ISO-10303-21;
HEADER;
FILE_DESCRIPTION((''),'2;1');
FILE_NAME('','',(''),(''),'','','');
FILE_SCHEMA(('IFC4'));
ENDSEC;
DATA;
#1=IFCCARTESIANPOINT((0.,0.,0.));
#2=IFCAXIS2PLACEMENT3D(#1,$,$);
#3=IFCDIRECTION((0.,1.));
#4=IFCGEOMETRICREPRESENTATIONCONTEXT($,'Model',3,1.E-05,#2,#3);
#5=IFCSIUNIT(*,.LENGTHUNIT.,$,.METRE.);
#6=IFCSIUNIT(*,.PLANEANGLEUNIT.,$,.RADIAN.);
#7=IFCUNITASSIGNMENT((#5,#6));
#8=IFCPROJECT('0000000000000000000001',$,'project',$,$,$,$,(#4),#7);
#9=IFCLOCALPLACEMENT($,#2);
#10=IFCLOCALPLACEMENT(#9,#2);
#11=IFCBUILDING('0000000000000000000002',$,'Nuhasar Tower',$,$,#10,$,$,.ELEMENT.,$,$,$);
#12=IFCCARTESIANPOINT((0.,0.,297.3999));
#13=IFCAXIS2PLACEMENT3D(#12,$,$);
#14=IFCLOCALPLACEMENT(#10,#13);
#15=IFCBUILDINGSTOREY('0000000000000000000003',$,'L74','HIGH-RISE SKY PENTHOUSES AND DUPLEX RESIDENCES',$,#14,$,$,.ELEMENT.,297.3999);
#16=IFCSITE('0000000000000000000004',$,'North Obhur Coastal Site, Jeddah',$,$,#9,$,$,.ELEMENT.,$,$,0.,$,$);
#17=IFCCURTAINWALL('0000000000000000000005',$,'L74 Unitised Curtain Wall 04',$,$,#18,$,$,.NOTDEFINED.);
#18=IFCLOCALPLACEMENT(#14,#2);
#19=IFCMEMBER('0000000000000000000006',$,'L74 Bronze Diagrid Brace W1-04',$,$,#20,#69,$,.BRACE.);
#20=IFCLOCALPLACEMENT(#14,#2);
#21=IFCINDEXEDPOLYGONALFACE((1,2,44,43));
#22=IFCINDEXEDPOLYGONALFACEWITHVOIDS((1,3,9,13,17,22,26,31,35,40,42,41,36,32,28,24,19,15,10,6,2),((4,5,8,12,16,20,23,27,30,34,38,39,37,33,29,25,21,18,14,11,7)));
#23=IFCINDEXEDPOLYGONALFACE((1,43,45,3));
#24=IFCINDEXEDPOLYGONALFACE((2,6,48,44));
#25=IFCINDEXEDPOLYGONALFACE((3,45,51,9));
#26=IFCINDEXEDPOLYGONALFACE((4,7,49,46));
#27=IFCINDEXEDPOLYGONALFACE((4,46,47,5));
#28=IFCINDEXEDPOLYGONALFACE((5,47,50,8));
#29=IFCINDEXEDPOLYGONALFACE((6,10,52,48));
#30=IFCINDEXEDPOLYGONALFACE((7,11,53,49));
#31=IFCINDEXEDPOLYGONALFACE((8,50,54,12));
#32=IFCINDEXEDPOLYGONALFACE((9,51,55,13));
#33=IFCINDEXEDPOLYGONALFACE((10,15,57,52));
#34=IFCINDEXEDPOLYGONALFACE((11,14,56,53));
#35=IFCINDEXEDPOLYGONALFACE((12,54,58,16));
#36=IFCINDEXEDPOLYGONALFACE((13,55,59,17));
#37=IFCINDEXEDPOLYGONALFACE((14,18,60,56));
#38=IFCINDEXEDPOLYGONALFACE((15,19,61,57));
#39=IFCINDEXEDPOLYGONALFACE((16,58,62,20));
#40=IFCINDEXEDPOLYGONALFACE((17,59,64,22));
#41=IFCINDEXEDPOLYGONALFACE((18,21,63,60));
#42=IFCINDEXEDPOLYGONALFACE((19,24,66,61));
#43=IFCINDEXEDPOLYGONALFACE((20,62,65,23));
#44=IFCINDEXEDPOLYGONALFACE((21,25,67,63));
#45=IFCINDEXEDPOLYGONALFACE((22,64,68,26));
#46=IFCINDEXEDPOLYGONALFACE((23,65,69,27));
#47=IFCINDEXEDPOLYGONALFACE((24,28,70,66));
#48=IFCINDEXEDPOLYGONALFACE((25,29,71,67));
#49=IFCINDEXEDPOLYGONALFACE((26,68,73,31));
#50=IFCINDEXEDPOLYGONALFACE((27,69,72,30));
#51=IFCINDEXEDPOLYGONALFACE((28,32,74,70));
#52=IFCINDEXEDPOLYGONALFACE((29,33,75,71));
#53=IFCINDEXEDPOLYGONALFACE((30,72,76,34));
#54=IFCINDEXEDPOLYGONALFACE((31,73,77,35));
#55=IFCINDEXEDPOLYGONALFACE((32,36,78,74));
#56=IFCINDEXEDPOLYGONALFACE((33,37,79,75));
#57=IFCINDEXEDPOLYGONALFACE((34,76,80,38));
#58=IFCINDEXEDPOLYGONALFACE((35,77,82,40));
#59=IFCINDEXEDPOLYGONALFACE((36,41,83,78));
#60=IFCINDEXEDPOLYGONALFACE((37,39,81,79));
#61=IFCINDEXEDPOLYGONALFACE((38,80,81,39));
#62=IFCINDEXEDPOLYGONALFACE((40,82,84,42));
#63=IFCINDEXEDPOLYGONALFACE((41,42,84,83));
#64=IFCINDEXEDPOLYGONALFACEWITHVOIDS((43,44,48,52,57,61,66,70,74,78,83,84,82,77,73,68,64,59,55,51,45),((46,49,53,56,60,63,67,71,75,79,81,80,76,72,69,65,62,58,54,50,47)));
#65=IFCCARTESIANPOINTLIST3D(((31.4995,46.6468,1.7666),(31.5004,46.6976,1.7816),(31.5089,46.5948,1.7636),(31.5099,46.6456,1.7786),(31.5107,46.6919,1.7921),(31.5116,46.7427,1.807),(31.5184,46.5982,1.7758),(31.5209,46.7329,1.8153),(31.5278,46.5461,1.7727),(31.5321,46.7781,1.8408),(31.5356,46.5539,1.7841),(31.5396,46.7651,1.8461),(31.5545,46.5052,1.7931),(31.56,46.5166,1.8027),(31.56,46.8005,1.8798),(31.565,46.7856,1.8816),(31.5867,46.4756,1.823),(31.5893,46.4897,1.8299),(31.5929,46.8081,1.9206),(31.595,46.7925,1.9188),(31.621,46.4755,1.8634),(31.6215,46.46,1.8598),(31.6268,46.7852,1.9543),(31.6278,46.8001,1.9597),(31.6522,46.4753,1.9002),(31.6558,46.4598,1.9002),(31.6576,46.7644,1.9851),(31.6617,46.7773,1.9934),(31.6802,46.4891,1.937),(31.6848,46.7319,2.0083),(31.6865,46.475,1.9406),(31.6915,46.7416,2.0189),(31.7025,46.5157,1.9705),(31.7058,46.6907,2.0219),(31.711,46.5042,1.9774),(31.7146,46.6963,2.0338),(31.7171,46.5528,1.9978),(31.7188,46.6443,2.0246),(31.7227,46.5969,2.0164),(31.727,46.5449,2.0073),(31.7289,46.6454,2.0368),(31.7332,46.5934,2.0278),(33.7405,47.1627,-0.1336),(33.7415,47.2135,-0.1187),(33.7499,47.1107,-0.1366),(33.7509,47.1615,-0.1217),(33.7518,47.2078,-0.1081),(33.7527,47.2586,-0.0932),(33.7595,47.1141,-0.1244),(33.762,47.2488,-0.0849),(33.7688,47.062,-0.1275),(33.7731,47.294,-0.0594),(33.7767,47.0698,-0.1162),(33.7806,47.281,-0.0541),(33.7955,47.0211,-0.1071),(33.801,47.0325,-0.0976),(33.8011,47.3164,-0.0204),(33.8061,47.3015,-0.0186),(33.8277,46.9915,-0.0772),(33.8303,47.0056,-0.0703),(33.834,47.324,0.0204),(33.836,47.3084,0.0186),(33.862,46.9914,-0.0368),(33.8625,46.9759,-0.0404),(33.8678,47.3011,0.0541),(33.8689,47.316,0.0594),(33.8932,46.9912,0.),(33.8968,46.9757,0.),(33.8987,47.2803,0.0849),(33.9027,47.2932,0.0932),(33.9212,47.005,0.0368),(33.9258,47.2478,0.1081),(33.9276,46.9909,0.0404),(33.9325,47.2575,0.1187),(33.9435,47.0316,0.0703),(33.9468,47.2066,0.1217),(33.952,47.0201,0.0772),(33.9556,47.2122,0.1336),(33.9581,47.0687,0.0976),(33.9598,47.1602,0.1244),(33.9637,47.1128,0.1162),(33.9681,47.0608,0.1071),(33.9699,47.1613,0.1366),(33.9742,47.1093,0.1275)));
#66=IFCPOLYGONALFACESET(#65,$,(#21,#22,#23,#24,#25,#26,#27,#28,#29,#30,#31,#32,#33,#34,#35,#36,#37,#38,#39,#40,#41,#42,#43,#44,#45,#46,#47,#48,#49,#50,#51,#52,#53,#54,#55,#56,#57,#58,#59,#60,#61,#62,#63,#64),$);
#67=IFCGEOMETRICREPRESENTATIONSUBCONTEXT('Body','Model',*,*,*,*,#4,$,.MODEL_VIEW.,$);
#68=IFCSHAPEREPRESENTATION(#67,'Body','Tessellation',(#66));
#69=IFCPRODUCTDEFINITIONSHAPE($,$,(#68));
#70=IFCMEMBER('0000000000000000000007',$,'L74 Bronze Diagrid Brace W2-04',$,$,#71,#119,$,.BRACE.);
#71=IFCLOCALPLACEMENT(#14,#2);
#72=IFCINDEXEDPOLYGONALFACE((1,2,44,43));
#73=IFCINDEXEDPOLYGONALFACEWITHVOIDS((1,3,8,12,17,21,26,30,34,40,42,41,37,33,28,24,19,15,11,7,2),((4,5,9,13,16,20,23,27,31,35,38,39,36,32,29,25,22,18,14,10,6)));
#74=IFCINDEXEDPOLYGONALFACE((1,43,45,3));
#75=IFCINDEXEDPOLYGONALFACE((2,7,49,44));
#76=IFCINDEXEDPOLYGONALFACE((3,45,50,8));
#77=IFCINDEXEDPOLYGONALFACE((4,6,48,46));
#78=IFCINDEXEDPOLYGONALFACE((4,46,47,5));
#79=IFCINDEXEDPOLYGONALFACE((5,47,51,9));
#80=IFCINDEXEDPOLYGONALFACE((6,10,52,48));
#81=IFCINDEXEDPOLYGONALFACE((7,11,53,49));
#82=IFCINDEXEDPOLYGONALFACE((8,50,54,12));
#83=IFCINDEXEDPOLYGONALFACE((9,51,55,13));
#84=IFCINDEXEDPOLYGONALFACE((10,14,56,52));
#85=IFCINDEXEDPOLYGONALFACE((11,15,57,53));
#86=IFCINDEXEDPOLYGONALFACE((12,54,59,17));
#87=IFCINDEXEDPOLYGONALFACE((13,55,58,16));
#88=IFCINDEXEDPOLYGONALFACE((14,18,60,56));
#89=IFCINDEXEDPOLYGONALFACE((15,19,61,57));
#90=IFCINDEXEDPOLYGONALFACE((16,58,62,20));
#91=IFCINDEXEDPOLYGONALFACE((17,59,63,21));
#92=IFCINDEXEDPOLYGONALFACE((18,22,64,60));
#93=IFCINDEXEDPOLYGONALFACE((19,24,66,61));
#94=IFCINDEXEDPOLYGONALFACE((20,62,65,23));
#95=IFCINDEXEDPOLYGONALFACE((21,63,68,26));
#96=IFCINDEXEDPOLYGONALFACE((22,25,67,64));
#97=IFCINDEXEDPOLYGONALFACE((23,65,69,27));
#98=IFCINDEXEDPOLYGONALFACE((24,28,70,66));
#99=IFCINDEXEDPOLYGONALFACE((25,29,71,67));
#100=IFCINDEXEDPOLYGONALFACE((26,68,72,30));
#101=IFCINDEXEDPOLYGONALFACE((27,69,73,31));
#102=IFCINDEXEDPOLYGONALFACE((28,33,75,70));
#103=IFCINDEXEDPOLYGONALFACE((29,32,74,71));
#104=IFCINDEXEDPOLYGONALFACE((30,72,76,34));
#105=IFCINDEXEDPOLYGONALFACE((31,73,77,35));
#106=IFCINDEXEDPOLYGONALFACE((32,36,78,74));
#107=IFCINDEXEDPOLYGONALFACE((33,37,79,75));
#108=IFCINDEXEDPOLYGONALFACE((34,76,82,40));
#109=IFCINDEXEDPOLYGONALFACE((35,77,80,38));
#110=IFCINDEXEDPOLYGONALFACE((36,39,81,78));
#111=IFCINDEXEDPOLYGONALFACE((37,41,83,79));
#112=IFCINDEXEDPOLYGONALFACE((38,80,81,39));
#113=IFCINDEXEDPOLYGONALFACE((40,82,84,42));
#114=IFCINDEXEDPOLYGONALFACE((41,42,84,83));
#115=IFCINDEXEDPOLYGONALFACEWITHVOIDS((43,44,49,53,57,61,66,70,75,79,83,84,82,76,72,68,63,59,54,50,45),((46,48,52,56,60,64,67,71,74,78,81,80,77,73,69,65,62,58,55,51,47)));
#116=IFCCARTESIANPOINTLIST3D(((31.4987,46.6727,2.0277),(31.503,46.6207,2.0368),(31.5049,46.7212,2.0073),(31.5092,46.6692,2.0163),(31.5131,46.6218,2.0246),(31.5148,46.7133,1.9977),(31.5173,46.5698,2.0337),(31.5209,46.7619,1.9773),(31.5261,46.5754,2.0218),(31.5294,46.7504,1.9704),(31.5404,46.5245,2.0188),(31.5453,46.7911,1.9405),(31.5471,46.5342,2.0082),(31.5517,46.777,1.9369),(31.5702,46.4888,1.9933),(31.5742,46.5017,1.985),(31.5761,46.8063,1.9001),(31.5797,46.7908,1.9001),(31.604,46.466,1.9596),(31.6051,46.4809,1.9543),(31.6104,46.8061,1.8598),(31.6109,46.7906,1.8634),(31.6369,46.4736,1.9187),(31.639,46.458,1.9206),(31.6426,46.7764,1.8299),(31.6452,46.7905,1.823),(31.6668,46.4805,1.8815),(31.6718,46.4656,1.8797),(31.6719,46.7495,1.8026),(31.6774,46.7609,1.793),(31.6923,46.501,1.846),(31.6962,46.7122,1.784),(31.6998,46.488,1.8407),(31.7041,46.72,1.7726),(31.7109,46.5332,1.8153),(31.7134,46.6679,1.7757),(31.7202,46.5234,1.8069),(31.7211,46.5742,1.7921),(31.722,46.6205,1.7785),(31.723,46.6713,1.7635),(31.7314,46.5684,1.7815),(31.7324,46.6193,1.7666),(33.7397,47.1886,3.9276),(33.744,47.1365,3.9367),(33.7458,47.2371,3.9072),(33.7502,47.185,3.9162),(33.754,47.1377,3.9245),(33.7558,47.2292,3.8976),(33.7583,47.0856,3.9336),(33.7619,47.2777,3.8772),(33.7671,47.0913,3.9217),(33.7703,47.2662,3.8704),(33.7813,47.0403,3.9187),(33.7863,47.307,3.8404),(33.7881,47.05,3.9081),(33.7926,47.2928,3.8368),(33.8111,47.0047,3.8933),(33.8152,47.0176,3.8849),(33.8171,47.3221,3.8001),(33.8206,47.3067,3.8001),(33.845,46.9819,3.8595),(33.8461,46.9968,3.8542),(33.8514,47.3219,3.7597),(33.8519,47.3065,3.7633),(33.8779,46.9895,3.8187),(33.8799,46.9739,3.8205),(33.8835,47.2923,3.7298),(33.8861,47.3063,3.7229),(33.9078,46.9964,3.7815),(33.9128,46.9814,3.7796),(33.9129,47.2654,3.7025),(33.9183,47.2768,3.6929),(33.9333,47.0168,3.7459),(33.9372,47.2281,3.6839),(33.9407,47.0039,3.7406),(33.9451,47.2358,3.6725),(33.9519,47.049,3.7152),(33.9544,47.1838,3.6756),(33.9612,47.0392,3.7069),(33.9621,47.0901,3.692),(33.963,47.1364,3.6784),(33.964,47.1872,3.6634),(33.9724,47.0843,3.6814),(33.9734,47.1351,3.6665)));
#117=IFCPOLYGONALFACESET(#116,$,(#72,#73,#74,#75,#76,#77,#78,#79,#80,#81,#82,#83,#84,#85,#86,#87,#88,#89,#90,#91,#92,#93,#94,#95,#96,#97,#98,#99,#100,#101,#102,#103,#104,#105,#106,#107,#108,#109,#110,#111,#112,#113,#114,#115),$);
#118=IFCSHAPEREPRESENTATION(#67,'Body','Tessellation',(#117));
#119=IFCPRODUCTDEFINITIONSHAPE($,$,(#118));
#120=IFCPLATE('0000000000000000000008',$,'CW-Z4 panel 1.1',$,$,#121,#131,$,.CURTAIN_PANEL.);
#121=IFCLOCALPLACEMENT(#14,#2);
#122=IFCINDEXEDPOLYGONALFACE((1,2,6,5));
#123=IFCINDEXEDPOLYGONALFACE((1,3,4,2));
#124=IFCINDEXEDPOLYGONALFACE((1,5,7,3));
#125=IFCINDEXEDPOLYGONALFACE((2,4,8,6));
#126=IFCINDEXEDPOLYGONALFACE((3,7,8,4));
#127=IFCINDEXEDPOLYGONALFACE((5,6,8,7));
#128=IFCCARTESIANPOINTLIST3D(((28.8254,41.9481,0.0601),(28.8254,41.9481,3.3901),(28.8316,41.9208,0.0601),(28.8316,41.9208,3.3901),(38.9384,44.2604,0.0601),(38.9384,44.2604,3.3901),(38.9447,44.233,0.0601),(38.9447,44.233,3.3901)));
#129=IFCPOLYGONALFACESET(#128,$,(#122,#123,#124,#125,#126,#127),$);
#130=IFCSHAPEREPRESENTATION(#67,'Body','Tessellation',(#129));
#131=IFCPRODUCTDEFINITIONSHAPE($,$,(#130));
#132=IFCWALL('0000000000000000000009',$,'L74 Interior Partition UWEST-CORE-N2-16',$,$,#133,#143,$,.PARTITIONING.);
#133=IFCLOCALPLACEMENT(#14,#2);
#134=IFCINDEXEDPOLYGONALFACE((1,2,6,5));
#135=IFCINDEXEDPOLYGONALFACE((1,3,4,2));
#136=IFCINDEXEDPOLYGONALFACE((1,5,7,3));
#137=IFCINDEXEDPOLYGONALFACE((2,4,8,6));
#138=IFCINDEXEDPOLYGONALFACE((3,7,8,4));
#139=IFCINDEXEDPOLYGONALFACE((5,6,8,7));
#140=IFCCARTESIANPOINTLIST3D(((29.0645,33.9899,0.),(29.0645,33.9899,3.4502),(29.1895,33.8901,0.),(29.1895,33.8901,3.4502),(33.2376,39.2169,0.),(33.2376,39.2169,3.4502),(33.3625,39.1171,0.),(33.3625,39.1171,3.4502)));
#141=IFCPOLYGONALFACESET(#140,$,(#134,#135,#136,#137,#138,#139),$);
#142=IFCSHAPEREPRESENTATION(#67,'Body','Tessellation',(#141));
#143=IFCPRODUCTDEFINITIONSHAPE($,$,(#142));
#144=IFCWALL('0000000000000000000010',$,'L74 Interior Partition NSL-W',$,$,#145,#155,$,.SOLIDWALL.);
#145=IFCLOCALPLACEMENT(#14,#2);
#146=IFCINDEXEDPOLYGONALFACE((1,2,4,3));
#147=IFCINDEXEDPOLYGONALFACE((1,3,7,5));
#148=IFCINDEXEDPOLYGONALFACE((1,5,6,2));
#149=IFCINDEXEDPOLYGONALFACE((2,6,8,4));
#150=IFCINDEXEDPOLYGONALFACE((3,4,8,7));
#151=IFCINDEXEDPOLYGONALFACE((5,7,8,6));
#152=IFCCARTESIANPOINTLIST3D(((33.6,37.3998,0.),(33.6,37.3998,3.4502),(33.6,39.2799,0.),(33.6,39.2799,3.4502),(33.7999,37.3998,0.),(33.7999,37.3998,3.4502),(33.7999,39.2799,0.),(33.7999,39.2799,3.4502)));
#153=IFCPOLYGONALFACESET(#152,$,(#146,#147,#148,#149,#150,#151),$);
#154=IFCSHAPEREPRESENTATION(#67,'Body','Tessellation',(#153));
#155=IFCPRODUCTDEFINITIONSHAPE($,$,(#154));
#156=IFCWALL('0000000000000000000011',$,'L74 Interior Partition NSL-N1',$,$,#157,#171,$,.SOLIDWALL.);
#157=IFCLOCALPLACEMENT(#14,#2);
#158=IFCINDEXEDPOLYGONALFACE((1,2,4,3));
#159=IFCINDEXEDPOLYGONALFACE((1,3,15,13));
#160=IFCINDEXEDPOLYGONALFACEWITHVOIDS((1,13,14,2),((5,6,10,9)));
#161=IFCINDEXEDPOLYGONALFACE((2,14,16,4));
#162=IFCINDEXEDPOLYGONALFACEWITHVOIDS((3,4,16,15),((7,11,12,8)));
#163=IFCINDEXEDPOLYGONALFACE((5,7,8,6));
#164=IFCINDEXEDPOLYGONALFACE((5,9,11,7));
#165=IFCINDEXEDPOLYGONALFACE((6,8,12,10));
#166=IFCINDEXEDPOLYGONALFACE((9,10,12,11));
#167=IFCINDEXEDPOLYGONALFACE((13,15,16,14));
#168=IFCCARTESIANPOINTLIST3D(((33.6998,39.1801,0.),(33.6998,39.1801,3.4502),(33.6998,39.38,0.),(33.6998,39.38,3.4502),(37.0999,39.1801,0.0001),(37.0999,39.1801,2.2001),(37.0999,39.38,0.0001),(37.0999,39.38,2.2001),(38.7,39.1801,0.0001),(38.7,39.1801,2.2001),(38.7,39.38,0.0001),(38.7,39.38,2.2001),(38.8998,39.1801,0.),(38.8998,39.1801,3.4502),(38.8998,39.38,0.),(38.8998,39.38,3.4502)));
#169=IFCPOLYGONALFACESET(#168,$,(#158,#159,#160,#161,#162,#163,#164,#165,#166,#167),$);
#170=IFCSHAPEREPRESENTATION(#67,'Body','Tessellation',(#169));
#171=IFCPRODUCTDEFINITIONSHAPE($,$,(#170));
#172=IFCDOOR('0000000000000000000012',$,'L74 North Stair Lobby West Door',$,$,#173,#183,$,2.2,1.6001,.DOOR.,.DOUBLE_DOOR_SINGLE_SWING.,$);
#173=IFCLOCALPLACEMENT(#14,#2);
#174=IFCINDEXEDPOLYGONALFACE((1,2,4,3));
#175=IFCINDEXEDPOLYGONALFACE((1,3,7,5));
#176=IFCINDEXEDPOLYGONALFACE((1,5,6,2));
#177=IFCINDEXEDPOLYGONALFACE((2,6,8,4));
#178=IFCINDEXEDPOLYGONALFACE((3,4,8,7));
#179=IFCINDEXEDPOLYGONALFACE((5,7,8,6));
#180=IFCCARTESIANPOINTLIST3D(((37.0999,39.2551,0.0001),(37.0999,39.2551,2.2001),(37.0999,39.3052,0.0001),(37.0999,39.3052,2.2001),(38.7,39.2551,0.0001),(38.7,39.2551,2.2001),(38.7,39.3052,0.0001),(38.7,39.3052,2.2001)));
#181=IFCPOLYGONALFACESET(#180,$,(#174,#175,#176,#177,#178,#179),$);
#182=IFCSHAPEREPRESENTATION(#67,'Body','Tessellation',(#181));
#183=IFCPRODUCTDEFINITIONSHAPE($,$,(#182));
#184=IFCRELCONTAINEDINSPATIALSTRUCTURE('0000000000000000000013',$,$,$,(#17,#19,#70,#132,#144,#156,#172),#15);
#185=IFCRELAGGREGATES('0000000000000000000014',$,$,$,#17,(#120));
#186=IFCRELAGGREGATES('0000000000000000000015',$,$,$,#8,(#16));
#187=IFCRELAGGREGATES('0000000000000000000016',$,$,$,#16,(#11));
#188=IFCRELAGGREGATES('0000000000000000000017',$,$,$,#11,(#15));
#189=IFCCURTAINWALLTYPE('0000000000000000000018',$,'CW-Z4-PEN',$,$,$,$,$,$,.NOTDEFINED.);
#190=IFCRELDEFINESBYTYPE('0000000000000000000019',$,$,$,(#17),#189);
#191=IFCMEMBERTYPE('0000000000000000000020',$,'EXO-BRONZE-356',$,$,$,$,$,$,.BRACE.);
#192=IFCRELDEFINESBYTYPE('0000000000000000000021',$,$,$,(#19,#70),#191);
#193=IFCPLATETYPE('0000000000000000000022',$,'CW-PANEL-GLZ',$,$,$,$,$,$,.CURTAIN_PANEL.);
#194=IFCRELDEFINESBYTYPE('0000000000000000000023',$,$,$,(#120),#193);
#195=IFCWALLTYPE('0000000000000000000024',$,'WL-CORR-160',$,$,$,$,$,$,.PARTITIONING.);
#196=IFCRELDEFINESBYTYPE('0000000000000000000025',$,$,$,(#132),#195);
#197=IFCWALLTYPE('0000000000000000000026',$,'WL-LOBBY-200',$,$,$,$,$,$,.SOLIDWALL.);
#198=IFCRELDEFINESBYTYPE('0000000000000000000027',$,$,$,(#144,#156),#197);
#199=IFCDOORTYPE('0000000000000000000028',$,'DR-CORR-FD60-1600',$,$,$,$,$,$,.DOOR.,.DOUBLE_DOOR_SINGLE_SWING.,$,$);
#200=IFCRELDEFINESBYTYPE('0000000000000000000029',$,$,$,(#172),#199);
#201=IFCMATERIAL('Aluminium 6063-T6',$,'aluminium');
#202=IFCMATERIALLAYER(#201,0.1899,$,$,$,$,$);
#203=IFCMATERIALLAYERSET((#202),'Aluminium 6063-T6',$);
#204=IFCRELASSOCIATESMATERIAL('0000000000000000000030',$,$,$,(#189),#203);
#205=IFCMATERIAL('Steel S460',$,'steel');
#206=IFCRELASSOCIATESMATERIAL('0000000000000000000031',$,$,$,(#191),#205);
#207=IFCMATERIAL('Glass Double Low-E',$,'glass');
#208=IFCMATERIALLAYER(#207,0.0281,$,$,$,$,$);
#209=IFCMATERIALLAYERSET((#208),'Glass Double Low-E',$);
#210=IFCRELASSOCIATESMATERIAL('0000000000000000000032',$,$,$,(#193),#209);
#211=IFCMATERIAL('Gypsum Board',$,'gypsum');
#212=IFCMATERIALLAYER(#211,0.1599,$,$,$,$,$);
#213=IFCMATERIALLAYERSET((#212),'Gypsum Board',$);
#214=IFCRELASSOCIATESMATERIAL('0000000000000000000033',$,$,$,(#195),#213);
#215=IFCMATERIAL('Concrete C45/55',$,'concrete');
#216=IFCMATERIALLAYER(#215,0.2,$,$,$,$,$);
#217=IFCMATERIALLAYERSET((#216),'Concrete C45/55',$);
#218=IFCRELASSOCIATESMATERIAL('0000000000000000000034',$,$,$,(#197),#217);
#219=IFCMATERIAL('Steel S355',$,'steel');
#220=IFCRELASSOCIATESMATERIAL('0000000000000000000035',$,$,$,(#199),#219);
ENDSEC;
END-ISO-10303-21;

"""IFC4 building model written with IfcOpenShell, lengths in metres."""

from ifc_helpers import new_model, si_unit, direction, frame, frame_2d, origin, origin_2d, place, context, subcontext, project, spatial, rectangle, hollow_circle, extrude, material, layer, layer_set, material_profile, profile_set, type_object, element, fill, aggregate, save


model = new_model("IFC4")

# Units and contexts
model_context = context("Model", 3, precision=1e-05, world=origin(), true_north=direction((0.0, 1.0)))
body_context = subcontext(model_context, "Body", "Model", "MODEL_VIEW")
ifc_project = project(units=[si_unit("LENGTHUNIT", "METRE"), si_unit("PLANEANGLEUNIT", "RADIAN")], contexts=[model_context])

# Site, building, storey
site_placement = place(None, origin())
site = spatial("IfcSite", under=ifc_project, at=site_placement, Name="North Obhur Coastal Site, Jeddah", CompositionType="ELEMENT", RefElevation=0.0)
building_placement = place(site_placement, origin())
building = spatial("IfcBuilding", under=site, at=building_placement, Name="Nuhasar Tower", CompositionType="ELEMENT")
storey_placement = place(building_placement, frame((0.0, 0.0, 297.3999)))
storey = spatial("IfcBuildingStorey", under=building, at=storey_placement, Name="L74", Description="HIGH-RISE SKY PENTHOUSES AND DUPLEX RESIDENCES", CompositionType="ELEMENT", Elevation=297.3999)

# Shared definitions
ifc_material_1 = material(Name="Steel S355", Category="steel")

# Curtain wall
ifc_material_2 = material(Name="Aluminium 6063-T6", Category="aluminium")
ifc_layer_1 = layer(ifc_material_2, 0.1899)
ifc_layer_set_1 = layer_set([ifc_layer_1], Name="Aluminium 6063-T6")
curtain_wall_type = type_object("IfcCurtainWallType", Name="CW-Z4-PEN", PredefinedType="NOTDEFINED", material=ifc_layer_set_1)
curtain_wall_placement = place(storey_placement, origin())
curtain_wall = element("IfcCurtainWall", 1, at=curtain_wall_placement, inside=storey, type_object=curtain_wall_type, Name="L74 Unitised Curtain Wall 04", PredefinedType="NOTDEFINED")

# Members
ifc_material_3 = material(Name="Steel S460", Category="steel")
ifc_material_profile_1 = material_profile(ifc_material_3, hollow_circle(Radius=0.1777, WallThickness=0.0159, at=origin_2d()), Name="HSS355.6X15.9")
ifc_profile_set_1 = profile_set([ifc_material_profile_1], Name="Steel S460")
member_type_1 = type_object("IfcMemberType", Name="EXO-BRONZE-356", PredefinedType="BRACE", material=ifc_profile_set_1)
member_1_placement = place(storey_placement, frame((33.8569, 47.1489, 0.0), z_axis=(-0.751232, -0.172933, 0.63698), x_axis=(0.224332, -0.974513, 0.0)))
element("IfcMember", 2, at=member_1_placement, inside=storey, type_object=member_type_1, Name="L74 Bronze Diagrid Brace W1-04", PredefinedType="BRACE", context=body_context, shape_type="SweptSolid", body=[
    extrude(hollow_circle(Radius=0.1777, WallThickness=0.0159, at=origin_2d()), origin(), (0.0, 0.0, 1.0), 2.9832),
])
member_2_placement = place(storey_placement, frame((31.616, 46.6331, 1.9001), z_axis=(0.751272, 0.172942, 0.636932), x_axis=(-0.224332, 0.974513, 0.0)))
element("IfcMember", 3, at=member_2_placement, inside=storey, type_object=member_type_1, Name="L74 Bronze Diagrid Brace W2-04", PredefinedType="BRACE", context=body_context, shape_type="SweptSolid", body=[
    extrude(hollow_circle(Radius=0.1777, WallThickness=0.0159, at=origin_2d()), origin(), (0.0, 0.0, 1.0), 2.9829),
])

# Plate
ifc_material_4 = material(Name="Glass Double Low-E", Category="glass")
ifc_layer_2 = layer(ifc_material_4, 0.0281)
ifc_layer_set_2 = layer_set([ifc_layer_2], Name="Glass Double Low-E")
plate_type = type_object("IfcPlateType", Name="CW-PANEL-GLZ", PredefinedType="CURTAIN_PANEL", material=ifc_layer_set_2)
plate_placement = place(storey_placement, frame((33.885, 43.0906, 0.0601), z_axis=(0.0, 0.0, 1.0), x_axis=(-0.974844, -0.222889, 0.0)))
plate = element("IfcPlate", 4, at=plate_placement, type_object=plate_type, Name="CW-Z4 panel 1.1", PredefinedType="CURTAIN_PANEL", context=body_context, shape_type="SweptSolid", body=[
    extrude(rectangle(XDim=10.374, YDim=0.0281, at=origin_2d()), origin(), (0.0, 0.0, 1.0), 3.3301),
])
aggregate(curtain_wall, [plate])

# Walls
ifc_material_5 = material(Name="Gypsum Board", Category="gypsum")
ifc_layer_3 = layer(ifc_material_5, 0.1599)
ifc_layer_set_3 = layer_set([ifc_layer_3], Name="Gypsum Board")
wall_type_1 = type_object("IfcWallType", Name="WL-CORR-160", PredefinedType="PARTITIONING", material=ifc_layer_set_3)
wall_1_placement = place(storey_placement, frame((33.3, 39.167, 0.0), z_axis=(0.0, 0.0, 1.0), x_axis=(-0.623916, -0.781492, 0.0)))
element("IfcWall", 5, at=wall_1_placement, inside=storey, type_object=wall_type_1, Name="L74 Interior Partition UWEST-CORE-N2-16", PredefinedType="PARTITIONING", context=body_context, shape_type="SweptSolid", body=[
    extrude(rectangle(XDim=6.6885, YDim=0.1599, at=frame_2d((3.3442, 0.0))), origin(), (0.0, 0.0, 1.0), 3.4502),
])
ifc_material_6 = material(Name="Concrete C45/55", Category="concrete")
ifc_layer_4 = layer(ifc_material_6, 0.2)
ifc_layer_set_4 = layer_set([ifc_layer_4], Name="Concrete C45/55")
wall_type_2 = type_object("IfcWallType", Name="WL-LOBBY-200", PredefinedType="SOLIDWALL", material=ifc_layer_set_4)
wall_2_placement = place(storey_placement, frame((33.7, 37.3999, 0.0), z_axis=(0.0, 0.0, 1.0), x_axis=(0.0, 1.0, 0.0)))
element("IfcWall", 6, at=wall_2_placement, inside=storey, type_object=wall_type_2, Name="L74 Interior Partition NSL-W", PredefinedType="SOLIDWALL", context=body_context, shape_type="SweptSolid", body=[
    extrude(rectangle(XDim=1.8801, YDim=0.2, at=frame_2d((0.9399, 0.0))), origin(), (0.0, 0.0, 1.0), 3.4502),
])

# Wall, opening, door
wall_3_placement = place(storey_placement, frame((38.8999, 39.28, 0.0), z_axis=(0.0, 0.0, 1.0), x_axis=(-1.0, 0.0, 0.0)))
wall_3 = element("IfcWall", 7, at=wall_3_placement, inside=storey, type_object=wall_type_2, Name="L74 Interior Partition NSL-N1", PredefinedType="SOLIDWALL", context=body_context, shape_type="SweptSolid", body=[
    extrude(rectangle(XDim=5.2, YDim=0.2, at=frame_2d((2.6001, 0.0))), origin(), (0.0, 0.0, 1.0), 3.4502),
])
opening_1_placement = place(wall_3_placement, frame((0.2, 0.0, 0.0)))
opening_1 = element("IfcOpeningElement", 8, at=opening_1_placement, cuts=wall_3, PredefinedType="OPENING", context=body_context, shape_type="SweptSolid", body=[
    extrude(rectangle(XDim=1.6001, YDim=2.2, at=frame_2d((0.8, 1.1001))), frame((0.0, 0.1099, 0.0), z_axis=(0.0, -1.0, 0.0), x_axis=(1.0, 0.0, 0.0)), (0.0, 0.0, 1.0), 0.22),
])
door_type_1 = type_object("IfcDoorType", Name="DR-CORR-FD60-1600", OperationType="DOUBLE_DOOR_SINGLE_SWING", PredefinedType="DOOR", material=ifc_material_1)
door_1_placement = place(opening_1_placement, origin())
door_1 = element("IfcDoor", 9, at=door_1_placement, inside=storey, type_object=door_type_1, Name="L74 North Stair Lobby West Door", OperationType="DOUBLE_DOOR_SINGLE_SWING", OverallHeight=2.2, OverallWidth=1.6001, PredefinedType="DOOR", context=body_context, shape_type="SweptSolid", body=[
    extrude(rectangle(XDim=1.6001, YDim=2.2, at=frame_2d((0.8, 1.1001))), frame((0.0, 0.0249, 0.0), z_axis=(0.0, -1.0, 0.0), x_axis=(1.0, 0.0, 0.0)), (0.0, 0.0, 1.0), 0.05),
])
fill(opening_1, door_1)

save(model, "model.ifc")
